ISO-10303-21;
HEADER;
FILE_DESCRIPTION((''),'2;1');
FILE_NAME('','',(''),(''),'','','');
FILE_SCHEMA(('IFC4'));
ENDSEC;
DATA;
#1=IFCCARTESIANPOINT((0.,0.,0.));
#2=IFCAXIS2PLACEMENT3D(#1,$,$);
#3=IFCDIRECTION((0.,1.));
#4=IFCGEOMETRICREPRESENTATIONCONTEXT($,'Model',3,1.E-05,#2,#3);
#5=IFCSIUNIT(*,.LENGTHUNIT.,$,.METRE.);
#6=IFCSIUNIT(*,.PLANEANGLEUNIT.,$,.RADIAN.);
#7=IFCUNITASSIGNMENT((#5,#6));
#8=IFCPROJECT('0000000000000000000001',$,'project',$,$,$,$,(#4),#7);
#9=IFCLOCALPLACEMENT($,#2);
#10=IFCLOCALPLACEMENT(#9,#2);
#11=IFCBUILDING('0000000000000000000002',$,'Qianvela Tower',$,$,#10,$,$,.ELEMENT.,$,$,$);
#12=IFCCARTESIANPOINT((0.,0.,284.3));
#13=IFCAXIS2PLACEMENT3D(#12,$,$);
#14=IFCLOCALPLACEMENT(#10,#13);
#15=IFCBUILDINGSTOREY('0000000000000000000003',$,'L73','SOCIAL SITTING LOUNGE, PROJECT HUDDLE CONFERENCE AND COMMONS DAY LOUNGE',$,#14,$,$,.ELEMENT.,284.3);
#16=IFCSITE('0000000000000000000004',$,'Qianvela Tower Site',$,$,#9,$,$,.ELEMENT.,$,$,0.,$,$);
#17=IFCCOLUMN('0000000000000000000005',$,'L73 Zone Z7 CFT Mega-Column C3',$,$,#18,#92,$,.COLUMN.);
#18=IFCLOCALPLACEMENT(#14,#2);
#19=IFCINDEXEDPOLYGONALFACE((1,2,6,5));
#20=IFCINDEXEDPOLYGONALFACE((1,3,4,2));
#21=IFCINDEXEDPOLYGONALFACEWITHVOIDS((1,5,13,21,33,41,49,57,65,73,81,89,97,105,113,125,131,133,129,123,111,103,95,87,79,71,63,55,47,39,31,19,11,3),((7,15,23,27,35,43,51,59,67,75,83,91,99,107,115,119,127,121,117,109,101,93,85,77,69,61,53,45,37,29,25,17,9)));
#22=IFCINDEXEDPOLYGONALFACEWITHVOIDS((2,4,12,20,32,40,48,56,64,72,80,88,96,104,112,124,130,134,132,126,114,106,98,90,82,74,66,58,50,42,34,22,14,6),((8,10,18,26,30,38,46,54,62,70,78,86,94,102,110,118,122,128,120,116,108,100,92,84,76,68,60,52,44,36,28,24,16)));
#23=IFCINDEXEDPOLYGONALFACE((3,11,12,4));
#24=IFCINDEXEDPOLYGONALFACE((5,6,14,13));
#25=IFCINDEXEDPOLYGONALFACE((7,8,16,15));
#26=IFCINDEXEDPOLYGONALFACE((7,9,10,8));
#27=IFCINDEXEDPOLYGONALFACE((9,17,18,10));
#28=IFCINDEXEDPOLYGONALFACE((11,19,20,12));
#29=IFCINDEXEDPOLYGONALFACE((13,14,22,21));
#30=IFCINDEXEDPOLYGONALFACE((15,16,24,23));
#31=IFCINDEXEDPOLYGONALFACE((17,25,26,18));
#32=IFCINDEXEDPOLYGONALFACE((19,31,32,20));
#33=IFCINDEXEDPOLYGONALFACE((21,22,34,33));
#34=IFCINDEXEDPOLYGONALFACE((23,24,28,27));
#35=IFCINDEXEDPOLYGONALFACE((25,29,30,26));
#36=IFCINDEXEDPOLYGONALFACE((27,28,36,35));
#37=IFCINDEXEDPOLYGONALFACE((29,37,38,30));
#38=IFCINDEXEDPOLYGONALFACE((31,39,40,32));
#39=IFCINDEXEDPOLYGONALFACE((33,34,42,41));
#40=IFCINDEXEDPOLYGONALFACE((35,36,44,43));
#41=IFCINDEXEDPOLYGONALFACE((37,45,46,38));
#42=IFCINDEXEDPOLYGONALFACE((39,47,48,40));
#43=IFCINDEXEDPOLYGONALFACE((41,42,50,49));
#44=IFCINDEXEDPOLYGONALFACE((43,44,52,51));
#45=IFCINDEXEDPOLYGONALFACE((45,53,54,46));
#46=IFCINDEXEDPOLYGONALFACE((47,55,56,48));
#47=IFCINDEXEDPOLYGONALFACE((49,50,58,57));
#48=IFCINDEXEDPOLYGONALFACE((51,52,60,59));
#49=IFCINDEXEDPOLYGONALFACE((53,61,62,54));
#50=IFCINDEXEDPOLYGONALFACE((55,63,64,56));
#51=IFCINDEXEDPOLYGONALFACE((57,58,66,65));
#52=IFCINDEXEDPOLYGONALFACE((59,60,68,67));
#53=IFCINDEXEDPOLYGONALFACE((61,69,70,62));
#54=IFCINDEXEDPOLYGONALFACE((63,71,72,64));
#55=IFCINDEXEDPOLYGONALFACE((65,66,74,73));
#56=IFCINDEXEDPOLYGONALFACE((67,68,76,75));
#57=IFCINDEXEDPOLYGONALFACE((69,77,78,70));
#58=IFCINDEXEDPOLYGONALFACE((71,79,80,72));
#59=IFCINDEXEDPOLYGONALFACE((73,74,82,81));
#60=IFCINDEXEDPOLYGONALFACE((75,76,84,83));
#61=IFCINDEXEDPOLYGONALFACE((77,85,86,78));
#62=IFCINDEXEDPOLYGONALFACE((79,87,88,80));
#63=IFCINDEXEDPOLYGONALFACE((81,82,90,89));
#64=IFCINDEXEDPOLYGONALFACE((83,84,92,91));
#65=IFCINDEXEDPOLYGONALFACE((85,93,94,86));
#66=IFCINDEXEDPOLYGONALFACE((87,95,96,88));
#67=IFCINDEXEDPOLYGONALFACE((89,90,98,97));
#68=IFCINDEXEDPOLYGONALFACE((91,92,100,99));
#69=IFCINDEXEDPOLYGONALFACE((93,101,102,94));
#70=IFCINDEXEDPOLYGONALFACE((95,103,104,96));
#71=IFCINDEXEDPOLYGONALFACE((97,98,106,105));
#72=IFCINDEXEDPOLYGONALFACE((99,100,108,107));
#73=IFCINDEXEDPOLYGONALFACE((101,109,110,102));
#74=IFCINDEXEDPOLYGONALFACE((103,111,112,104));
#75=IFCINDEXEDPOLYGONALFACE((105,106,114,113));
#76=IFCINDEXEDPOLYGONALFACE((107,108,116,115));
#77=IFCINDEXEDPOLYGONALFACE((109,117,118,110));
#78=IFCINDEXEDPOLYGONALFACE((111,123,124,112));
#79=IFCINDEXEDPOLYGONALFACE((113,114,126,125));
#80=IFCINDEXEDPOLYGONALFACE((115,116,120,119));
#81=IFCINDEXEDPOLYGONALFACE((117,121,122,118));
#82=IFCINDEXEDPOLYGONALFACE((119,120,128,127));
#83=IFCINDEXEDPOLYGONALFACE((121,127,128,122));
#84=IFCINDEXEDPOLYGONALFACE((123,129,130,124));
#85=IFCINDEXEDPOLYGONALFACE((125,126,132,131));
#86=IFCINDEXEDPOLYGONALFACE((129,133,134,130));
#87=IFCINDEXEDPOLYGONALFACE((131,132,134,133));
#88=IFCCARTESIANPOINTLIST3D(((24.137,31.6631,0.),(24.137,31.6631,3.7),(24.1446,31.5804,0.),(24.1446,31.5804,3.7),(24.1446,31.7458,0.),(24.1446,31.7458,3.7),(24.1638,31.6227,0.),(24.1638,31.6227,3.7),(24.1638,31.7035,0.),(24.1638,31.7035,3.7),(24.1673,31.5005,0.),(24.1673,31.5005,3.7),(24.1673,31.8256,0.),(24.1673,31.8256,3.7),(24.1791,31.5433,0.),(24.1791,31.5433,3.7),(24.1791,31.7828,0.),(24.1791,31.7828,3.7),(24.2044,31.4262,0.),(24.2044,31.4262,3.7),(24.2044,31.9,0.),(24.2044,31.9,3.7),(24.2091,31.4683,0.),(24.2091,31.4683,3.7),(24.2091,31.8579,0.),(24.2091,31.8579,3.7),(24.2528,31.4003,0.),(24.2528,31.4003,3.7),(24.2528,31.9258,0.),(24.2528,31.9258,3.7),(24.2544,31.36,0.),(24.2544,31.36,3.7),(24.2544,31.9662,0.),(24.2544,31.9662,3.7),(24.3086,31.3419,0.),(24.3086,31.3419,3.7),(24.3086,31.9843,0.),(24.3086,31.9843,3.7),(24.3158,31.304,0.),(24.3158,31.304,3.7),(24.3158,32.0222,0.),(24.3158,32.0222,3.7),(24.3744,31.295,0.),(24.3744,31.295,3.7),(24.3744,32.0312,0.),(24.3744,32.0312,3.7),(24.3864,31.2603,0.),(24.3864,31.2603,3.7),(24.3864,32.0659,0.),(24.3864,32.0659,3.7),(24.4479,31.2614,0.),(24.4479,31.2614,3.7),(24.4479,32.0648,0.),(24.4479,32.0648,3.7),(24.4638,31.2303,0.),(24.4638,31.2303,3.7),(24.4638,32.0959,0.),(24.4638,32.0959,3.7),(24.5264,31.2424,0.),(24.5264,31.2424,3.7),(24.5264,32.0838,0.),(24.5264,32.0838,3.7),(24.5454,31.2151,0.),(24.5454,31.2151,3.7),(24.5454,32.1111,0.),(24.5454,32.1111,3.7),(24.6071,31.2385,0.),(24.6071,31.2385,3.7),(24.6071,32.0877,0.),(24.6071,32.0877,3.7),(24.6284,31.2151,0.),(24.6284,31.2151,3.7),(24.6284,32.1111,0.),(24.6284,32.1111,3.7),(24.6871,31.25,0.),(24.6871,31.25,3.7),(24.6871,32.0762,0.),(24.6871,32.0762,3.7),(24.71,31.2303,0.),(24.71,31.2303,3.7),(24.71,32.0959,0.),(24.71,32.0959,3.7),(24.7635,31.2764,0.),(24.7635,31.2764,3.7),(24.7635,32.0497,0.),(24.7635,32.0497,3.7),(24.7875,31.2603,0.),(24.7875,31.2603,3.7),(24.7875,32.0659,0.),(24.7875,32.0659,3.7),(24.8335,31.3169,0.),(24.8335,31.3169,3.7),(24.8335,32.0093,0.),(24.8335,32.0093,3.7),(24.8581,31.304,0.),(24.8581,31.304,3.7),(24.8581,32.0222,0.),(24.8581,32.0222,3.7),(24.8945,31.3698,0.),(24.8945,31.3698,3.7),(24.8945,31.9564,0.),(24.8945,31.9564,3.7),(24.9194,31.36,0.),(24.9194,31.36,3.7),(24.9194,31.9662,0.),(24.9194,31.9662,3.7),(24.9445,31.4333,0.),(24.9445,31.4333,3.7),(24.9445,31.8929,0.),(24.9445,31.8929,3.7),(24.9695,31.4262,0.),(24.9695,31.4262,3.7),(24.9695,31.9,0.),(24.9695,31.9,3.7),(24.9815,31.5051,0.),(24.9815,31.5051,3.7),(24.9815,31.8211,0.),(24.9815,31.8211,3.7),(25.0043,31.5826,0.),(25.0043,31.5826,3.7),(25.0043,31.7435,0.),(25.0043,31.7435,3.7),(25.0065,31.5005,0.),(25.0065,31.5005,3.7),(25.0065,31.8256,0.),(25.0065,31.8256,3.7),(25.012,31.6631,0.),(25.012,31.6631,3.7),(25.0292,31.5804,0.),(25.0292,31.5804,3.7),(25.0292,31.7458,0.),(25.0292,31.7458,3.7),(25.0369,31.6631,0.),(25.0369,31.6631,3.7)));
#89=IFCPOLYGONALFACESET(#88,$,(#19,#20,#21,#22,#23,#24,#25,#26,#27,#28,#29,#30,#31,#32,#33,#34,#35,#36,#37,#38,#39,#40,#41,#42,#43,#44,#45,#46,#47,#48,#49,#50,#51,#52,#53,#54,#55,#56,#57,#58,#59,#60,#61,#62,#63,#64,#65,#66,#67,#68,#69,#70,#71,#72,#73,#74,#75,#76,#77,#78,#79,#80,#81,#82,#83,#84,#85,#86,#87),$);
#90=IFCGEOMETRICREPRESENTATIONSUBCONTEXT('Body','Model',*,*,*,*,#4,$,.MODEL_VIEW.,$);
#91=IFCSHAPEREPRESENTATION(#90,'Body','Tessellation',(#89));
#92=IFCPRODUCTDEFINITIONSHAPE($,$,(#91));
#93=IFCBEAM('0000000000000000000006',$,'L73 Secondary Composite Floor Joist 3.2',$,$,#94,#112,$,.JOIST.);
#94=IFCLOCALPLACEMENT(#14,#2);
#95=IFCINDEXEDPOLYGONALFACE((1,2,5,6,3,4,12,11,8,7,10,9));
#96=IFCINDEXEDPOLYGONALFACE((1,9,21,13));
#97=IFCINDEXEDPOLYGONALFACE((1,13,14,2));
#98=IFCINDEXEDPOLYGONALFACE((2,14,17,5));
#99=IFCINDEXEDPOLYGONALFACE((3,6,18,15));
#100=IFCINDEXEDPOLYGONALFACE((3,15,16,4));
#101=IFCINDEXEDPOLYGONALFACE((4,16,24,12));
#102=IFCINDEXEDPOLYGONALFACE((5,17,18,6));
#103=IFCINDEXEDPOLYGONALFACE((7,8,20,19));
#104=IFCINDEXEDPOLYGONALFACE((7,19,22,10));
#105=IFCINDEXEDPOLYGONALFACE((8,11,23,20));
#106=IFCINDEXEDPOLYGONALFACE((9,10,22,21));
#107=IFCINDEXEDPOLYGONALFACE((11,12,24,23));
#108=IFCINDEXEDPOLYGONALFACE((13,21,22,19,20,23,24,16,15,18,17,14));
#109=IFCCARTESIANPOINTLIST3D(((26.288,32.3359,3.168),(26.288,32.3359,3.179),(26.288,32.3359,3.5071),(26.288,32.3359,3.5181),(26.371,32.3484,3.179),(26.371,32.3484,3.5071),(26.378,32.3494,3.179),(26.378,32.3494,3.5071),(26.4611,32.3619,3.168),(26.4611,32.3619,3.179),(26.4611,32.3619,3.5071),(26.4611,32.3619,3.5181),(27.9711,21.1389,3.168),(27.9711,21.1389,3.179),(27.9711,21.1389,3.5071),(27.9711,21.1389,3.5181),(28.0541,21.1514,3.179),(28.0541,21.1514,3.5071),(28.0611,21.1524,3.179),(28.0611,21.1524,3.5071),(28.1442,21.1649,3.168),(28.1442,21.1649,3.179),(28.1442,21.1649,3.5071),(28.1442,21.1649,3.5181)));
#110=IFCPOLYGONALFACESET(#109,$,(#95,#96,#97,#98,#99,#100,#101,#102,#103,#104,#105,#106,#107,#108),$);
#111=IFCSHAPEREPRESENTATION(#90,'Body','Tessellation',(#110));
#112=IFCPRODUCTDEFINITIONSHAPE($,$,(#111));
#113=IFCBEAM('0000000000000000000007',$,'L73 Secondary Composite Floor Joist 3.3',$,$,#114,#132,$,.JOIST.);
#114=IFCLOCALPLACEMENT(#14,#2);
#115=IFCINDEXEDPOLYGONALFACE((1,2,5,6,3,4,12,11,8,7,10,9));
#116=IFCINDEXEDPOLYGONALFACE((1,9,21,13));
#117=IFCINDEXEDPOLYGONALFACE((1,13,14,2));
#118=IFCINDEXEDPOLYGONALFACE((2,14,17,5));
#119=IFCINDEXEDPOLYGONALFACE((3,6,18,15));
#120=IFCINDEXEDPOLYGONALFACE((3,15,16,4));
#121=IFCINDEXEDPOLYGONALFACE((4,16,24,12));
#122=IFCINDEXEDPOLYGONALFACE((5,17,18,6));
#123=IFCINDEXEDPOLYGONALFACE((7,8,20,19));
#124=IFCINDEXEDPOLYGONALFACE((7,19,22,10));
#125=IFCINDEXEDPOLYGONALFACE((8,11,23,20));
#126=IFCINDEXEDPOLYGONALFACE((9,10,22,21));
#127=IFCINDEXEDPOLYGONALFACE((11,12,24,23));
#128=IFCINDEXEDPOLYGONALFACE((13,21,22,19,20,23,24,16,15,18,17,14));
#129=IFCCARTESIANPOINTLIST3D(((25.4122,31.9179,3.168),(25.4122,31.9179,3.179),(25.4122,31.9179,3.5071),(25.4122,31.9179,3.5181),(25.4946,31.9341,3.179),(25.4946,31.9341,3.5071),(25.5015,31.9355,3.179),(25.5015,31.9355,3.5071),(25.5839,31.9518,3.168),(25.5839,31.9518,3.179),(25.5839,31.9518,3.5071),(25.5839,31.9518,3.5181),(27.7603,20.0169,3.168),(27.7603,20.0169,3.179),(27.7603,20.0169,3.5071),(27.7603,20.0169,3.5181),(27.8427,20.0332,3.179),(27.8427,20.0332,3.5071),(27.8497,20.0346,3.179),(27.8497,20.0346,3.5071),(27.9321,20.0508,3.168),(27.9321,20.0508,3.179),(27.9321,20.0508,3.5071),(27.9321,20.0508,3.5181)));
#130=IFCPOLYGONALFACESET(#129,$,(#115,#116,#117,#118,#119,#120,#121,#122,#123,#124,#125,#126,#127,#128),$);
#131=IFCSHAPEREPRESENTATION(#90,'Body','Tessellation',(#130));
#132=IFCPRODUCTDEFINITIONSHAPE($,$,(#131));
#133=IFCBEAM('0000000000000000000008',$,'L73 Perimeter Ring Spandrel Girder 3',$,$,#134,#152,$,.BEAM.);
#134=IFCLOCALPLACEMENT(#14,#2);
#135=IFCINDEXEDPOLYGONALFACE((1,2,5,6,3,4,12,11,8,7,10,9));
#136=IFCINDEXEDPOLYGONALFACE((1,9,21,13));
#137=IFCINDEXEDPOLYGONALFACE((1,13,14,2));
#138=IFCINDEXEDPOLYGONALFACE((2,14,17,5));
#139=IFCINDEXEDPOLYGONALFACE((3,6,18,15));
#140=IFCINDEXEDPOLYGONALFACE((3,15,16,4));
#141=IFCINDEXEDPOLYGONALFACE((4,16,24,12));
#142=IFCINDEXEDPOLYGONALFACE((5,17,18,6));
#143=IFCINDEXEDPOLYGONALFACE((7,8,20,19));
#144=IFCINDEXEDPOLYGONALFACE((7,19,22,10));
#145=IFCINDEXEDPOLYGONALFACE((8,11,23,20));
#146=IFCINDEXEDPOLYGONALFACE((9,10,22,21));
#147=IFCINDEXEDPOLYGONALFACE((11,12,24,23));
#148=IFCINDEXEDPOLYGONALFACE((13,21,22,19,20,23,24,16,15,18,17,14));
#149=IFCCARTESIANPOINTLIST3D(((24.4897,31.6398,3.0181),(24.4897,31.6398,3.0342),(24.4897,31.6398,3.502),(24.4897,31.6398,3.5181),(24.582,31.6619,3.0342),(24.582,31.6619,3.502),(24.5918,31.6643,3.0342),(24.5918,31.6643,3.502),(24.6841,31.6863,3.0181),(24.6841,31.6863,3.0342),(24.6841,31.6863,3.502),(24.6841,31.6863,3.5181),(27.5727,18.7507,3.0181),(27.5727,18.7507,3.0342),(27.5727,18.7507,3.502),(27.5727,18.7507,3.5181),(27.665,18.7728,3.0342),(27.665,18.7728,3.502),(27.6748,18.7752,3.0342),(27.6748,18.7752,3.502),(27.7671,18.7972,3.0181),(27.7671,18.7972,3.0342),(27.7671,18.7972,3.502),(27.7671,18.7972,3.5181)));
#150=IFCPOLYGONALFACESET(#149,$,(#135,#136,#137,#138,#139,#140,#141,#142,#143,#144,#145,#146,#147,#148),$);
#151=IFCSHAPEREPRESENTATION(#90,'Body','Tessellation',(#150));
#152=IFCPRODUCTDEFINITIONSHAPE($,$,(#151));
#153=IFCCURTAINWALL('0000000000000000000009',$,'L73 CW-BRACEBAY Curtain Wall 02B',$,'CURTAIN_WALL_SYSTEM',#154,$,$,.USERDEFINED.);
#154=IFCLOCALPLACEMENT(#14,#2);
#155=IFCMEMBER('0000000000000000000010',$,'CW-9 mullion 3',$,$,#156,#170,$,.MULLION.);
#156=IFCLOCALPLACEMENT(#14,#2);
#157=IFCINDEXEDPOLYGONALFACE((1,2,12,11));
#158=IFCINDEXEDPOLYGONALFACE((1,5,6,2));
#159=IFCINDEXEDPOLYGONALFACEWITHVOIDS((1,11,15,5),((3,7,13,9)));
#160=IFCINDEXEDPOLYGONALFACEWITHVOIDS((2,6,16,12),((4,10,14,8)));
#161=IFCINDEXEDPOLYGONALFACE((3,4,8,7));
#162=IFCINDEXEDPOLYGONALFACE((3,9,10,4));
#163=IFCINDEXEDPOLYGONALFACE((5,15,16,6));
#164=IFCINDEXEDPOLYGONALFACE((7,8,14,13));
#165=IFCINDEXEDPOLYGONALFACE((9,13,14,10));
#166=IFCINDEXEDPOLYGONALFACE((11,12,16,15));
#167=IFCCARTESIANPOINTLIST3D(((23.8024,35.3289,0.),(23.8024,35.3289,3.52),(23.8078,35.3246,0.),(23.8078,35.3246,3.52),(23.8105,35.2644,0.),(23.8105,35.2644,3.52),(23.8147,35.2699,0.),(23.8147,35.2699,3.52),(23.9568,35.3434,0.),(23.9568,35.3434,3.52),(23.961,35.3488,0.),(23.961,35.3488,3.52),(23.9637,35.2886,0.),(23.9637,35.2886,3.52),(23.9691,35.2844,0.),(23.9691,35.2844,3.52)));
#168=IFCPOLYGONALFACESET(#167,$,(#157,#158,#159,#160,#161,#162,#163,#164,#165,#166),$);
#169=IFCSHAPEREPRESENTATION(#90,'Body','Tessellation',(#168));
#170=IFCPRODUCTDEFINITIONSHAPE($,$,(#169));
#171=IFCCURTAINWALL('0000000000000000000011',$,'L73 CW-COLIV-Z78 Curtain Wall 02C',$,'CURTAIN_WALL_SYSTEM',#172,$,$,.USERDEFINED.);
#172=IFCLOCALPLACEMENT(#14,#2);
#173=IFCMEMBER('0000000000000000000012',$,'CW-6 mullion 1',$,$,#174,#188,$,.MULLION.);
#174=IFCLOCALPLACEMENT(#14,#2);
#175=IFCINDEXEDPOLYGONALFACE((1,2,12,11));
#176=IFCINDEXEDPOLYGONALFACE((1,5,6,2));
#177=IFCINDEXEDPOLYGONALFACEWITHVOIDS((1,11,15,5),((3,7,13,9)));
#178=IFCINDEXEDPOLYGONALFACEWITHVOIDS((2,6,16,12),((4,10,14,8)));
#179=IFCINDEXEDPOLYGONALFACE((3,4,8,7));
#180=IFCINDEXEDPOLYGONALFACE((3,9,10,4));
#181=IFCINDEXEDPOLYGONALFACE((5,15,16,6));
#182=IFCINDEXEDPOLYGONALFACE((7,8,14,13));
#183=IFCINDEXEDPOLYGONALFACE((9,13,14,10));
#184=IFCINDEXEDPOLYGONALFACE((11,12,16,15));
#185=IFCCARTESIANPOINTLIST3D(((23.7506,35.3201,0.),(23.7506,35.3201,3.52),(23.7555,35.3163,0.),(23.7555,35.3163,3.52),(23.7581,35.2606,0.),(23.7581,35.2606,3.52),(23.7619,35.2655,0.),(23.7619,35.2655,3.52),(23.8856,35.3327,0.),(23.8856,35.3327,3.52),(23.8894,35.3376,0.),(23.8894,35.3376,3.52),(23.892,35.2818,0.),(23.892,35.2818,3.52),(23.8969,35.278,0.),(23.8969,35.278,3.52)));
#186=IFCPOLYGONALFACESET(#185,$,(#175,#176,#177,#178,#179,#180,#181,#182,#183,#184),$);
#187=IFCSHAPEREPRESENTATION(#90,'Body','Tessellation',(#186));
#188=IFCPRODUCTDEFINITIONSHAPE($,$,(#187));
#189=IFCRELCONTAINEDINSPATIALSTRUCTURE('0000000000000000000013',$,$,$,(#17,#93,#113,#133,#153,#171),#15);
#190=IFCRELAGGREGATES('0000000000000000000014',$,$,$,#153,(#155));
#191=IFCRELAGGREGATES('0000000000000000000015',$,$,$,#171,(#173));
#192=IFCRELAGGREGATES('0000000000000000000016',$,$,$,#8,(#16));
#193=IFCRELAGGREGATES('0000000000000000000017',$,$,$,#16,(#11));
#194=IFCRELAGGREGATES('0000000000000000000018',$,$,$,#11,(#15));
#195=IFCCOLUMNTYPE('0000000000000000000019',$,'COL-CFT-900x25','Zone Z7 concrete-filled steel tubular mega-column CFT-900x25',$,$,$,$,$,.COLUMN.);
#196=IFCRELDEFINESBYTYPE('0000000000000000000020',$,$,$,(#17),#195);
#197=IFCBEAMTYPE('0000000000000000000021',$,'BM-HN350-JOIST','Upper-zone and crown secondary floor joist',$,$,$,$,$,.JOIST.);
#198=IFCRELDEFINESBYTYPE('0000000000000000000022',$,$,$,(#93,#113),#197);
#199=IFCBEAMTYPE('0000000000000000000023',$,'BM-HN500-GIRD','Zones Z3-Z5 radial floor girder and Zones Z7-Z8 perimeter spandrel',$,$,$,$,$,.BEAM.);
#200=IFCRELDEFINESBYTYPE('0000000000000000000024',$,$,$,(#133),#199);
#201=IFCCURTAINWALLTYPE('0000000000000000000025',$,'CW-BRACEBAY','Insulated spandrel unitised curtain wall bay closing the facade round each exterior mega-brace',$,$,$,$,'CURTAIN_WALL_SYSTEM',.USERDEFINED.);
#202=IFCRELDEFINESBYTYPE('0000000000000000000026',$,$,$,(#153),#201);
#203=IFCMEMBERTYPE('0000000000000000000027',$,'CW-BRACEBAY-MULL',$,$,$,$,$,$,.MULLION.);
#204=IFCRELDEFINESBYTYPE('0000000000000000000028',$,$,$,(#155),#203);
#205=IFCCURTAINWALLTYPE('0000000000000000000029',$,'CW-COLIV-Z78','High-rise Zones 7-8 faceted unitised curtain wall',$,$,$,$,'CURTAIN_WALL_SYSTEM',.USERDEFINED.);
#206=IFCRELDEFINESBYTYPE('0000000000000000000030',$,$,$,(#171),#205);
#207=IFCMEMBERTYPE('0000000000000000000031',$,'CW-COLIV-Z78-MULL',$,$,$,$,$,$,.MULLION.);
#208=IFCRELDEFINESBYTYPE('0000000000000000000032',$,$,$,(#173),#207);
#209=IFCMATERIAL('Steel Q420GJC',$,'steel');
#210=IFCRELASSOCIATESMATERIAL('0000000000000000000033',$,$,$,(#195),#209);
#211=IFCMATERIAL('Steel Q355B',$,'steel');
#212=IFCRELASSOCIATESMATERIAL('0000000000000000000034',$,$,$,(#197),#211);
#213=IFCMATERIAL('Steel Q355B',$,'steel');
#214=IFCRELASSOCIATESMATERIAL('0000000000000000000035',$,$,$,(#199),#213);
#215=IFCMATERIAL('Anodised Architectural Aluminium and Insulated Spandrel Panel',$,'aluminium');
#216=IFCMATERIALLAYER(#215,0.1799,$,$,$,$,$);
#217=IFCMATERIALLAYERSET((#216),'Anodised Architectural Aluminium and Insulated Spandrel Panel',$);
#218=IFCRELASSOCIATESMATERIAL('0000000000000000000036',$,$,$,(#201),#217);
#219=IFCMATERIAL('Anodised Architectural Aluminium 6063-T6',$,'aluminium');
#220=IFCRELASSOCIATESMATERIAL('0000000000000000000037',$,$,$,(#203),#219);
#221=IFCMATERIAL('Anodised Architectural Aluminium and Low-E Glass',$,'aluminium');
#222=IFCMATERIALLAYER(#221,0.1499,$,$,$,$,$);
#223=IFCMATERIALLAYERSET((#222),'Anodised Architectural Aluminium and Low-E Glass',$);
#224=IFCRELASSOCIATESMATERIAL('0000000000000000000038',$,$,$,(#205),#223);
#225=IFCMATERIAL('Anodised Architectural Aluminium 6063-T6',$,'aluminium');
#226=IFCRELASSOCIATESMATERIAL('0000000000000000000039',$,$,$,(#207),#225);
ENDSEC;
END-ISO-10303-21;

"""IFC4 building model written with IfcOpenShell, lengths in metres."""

from ifc_helpers import new_model, si_unit, direction, frame, origin, origin_2d, place, context, subcontext, project, spatial, hollow_rectangle, hollow_circle, i_section, extrude, material, layer, layer_set, material_profile, profile_set, type_object, element, aggregate, save


model = new_model("IFC4")

# Units and contexts
model_context = context("Model", 3, precision=1e-05, world=origin(), true_north=direction((0.0, 1.0)))
body_context = subcontext(model_context, "Body", "Model", "MODEL_VIEW")
ifc_project = project(units=[si_unit("LENGTHUNIT", "METRE"), si_unit("PLANEANGLEUNIT", "RADIAN")], contexts=[model_context])

# Site, building, storey
site_placement = place(None, origin())
site = spatial("IfcSite", under=ifc_project, at=site_placement, Name="Qianvela Tower Site", CompositionType="ELEMENT", RefElevation=0.0)
building_placement = place(site_placement, origin())
building = spatial("IfcBuilding", under=site, at=building_placement, Name="Qianvela Tower", CompositionType="ELEMENT")
storey_placement = place(building_placement, frame((0.0, 0.0, 284.3)))
storey = spatial("IfcBuildingStorey", under=building, at=storey_placement, Name="L73", Description="SOCIAL SITTING LOUNGE, PROJECT HUDDLE CONFERENCE AND COMMONS DAY LOUNGE", CompositionType="ELEMENT", Elevation=284.3)

# Column
ifc_material_1 = material(Name="Steel Q420GJC", Category="steel")
ifc_material_profile_1 = material_profile(ifc_material_1, hollow_circle(Radius=0.45, WallThickness=0.0249, at=origin_2d()), Name="CFT-900x25")
ifc_profile_set_1 = profile_set([ifc_material_profile_1], Name="Steel Q420GJC")
column_type = type_object("IfcColumnType", Name="COL-CFT-900x25", Description="Zone Z7 concrete-filled steel tubular mega-column CFT-900x25", PredefinedType="COLUMN", material=ifc_profile_set_1)
column_placement = place(storey_placement, frame((24.5869, 31.6631, 0.0), z_axis=(0.0, 0.0, 1.0), x_axis=(1.0, 0.0, 0.0)))
element("IfcColumn", 1, at=column_placement, inside=storey, type_object=column_type, Name="L73 Zone Z7 CFT Mega-Column C3", PredefinedType="COLUMN", context=body_context, shape_type="SweptSolid", body=[
    extrude(hollow_circle(Radius=0.45, WallThickness=0.0249, at=origin_2d()), origin(), (0.0, 0.0, 1.0), 3.7),
])

# Beams
ifc_material_2 = material(Name="Steel Q355B", Category="steel")
ifc_material_profile_2 = material_profile(ifc_material_2, i_section(OverallWidth=0.175, OverallDepth=0.3501, WebThickness=0.0071, FlangeThickness=0.011, at=origin_2d()), Name="HN350x175x7x11")
ifc_profile_set_2 = profile_set([ifc_material_profile_2], Name="Steel Q355B")
beam_type_1 = type_object("IfcBeamType", Name="BM-HN350-JOIST", Description="Upper-zone and crown secondary floor joist", PredefinedType="JOIST", material=ifc_profile_set_2)
beam_1_placement = place(storey_placement, frame((26.3745, 32.3489, 3.343), z_axis=(0.148647, -0.98889, 0.0), x_axis=(0.98889, 0.148647, 0.0)))
element("IfcBeam", 2, at=beam_1_placement, inside=storey, type_object=beam_type_1, Name="L73 Secondary Composite Floor Joist 3.2", PredefinedType="JOIST", context=body_context, shape_type="SweptSolid", body=[
    extrude(i_section(OverallWidth=0.175, OverallDepth=0.3501, WebThickness=0.0071, FlangeThickness=0.011, at=origin_2d()), origin(), (0.0, 0.0, 1.0), 11.3228),
])
beam_2_placement = place(storey_placement, frame((25.498, 31.9348, 3.343), z_axis=(0.193576, -0.981085, 0.0), x_axis=(0.981085, 0.193576, 0.0)))
element("IfcBeam", 3, at=beam_2_placement, inside=storey, type_object=beam_type_1, Name="L73 Secondary Composite Floor Joist 3.3", PredefinedType="JOIST", context=body_context, shape_type="SweptSolid", body=[
    extrude(i_section(OverallWidth=0.175, OverallDepth=0.3501, WebThickness=0.0071, FlangeThickness=0.011, at=origin_2d()), origin(), (0.0, 0.0, 1.0), 12.1304),
])
ifc_material_3 = material(Name="Steel Q355B", Category="steel")
ifc_material_profile_3 = material_profile(ifc_material_3, i_section(OverallWidth=0.2, OverallDepth=0.5, WebThickness=0.01, FlangeThickness=0.0161, at=origin_2d()), Name="HN500x200x10x16")
ifc_profile_set_3 = profile_set([ifc_material_profile_3], Name="Steel Q355B")
beam_type_2 = type_object("IfcBeamType", Name="BM-HN500-GIRD", Description="Zones Z3-Z5 radial floor girder and Zones Z7-Z8 perimeter spandrel", PredefinedType="BEAM", material=ifc_profile_set_3)
beam_3_placement = place(storey_placement, frame((24.5869, 31.6631, 3.2681), z_axis=(0.232632, -0.972565, 0.0), x_axis=(0.972565, 0.232632, 0.0)))
element("IfcBeam", 4, at=beam_3_placement, inside=storey, type_object=beam_type_2, Name="L73 Perimeter Ring Spandrel Girder 3", PredefinedType="BEAM", context=body_context, shape_type="SweptSolid", body=[
    extrude(i_section(OverallWidth=0.2, OverallDepth=0.5, WebThickness=0.01, FlangeThickness=0.0161, at=origin_2d()), origin(), (0.0, 0.0, 1.0), 13.2527),
])

# Curtain wall, member
ifc_material_4 = material(Name="Anodised Architectural Aluminium and Insulated Spandrel Panel", Category="aluminium")
ifc_layer_1 = layer(ifc_material_4, 0.1799)
ifc_layer_set_1 = layer_set([ifc_layer_1], Name="Anodised Architectural Aluminium and Insulated Spandrel Panel")
curtain_wall_type_1 = type_object("IfcCurtainWallType", Name="CW-BRACEBAY", Description="Insulated spandrel unitised curtain wall bay closing the facade round each exterior mega-brace", ElementType="CURTAIN_WALL_SYSTEM", PredefinedType="USERDEFINED", material=ifc_layer_set_1)
curtain_wall_1_placement = place(storey_placement, origin())
curtain_wall_1 = element("IfcCurtainWall", 5, at=curtain_wall_1_placement, inside=storey, type_object=curtain_wall_type_1, Name="L73 CW-BRACEBAY Curtain Wall 02B", ObjectType="CURTAIN_WALL_SYSTEM", PredefinedType="USERDEFINED")
ifc_material_5 = material(Name="Anodised Architectural Aluminium 6063-T6", Category="aluminium")
ifc_material_profile_4 = material_profile(ifc_material_5, hollow_rectangle(XDim=0.0649, YDim=0.1599, WallThickness=0.0049, at=origin_2d()), Name="ALU-MULL-65x160")
ifc_profile_set_4 = profile_set([ifc_material_profile_4], Name="Anodised Architectural Aluminium 6063-T6")
member_type_1 = type_object("IfcMemberType", Name="CW-BRACEBAY-MULL", PredefinedType="MULLION", material=ifc_profile_set_4)
member_1_placement = place(storey_placement, frame((23.8857, 35.3066, 0.0), z_axis=(0.0, 0.0, 1.0), x_axis=(0.124766, -0.992186, 0.0)))
member_1 = element("IfcMember", 6, at=member_1_placement, type_object=member_type_1, Name="CW-9 mullion 3", PredefinedType="MULLION", context=body_context, shape_type="SweptSolid", body=[
    extrude(hollow_rectangle(XDim=0.0649, YDim=0.1599, WallThickness=0.0049, at=origin_2d()), origin(), (0.0, 0.0, 1.0), 3.52),
])

# Curtain wall, member
ifc_material_6 = material(Name="Anodised Architectural Aluminium and Low-E Glass", Category="aluminium")
ifc_layer_2 = layer(ifc_material_6, 0.1499)
ifc_layer_set_2 = layer_set([ifc_layer_2], Name="Anodised Architectural Aluminium and Low-E Glass")
curtain_wall_type_2 = type_object("IfcCurtainWallType", Name="CW-COLIV-Z78", Description="High-rise Zones 7-8 faceted unitised curtain wall", ElementType="CURTAIN_WALL_SYSTEM", PredefinedType="USERDEFINED", material=ifc_layer_set_2)
curtain_wall_2_placement = place(storey_placement, origin())
curtain_wall_2 = element("IfcCurtainWall", 7, at=curtain_wall_2_placement, inside=storey, type_object=curtain_wall_type_2, Name="L73 CW-COLIV-Z78 Curtain Wall 02C", ObjectType="CURTAIN_WALL_SYSTEM", PredefinedType="USERDEFINED")
ifc_material_7 = material(Name="Anodised Architectural Aluminium 6063-T6", Category="aluminium")
ifc_material_profile_5 = material_profile(ifc_material_7, hollow_rectangle(XDim=0.0601, YDim=0.1399, WallThickness=0.0044, at=origin_2d()), Name="ALU-MULL-60x140")
ifc_profile_set_5 = profile_set([ifc_material_profile_5], Name="Anodised Architectural Aluminium 6063-T6")
member_type_2 = type_object("IfcMemberType", Name="CW-COLIV-Z78-MULL", PredefinedType="MULLION", material=ifc_profile_set_5)
member_2_placement = place(storey_placement, frame((23.8237, 35.2991, 0.0), z_axis=(0.0, 0.0, 1.0), x_axis=(0.12476, -0.992187, 0.0)))
member_2 = element("IfcMember", 8, at=member_2_placement, type_object=member_type_2, Name="CW-6 mullion 1", PredefinedType="MULLION", context=body_context, shape_type="SweptSolid", body=[
    extrude(hollow_rectangle(XDim=0.0601, YDim=0.1399, WallThickness=0.0044, at=origin_2d()), origin(), (0.0, 0.0, 1.0), 3.52),
])

aggregate(curtain_wall_1, [member_1])
aggregate(curtain_wall_2, [member_2])

save(model, "model.ifc")
